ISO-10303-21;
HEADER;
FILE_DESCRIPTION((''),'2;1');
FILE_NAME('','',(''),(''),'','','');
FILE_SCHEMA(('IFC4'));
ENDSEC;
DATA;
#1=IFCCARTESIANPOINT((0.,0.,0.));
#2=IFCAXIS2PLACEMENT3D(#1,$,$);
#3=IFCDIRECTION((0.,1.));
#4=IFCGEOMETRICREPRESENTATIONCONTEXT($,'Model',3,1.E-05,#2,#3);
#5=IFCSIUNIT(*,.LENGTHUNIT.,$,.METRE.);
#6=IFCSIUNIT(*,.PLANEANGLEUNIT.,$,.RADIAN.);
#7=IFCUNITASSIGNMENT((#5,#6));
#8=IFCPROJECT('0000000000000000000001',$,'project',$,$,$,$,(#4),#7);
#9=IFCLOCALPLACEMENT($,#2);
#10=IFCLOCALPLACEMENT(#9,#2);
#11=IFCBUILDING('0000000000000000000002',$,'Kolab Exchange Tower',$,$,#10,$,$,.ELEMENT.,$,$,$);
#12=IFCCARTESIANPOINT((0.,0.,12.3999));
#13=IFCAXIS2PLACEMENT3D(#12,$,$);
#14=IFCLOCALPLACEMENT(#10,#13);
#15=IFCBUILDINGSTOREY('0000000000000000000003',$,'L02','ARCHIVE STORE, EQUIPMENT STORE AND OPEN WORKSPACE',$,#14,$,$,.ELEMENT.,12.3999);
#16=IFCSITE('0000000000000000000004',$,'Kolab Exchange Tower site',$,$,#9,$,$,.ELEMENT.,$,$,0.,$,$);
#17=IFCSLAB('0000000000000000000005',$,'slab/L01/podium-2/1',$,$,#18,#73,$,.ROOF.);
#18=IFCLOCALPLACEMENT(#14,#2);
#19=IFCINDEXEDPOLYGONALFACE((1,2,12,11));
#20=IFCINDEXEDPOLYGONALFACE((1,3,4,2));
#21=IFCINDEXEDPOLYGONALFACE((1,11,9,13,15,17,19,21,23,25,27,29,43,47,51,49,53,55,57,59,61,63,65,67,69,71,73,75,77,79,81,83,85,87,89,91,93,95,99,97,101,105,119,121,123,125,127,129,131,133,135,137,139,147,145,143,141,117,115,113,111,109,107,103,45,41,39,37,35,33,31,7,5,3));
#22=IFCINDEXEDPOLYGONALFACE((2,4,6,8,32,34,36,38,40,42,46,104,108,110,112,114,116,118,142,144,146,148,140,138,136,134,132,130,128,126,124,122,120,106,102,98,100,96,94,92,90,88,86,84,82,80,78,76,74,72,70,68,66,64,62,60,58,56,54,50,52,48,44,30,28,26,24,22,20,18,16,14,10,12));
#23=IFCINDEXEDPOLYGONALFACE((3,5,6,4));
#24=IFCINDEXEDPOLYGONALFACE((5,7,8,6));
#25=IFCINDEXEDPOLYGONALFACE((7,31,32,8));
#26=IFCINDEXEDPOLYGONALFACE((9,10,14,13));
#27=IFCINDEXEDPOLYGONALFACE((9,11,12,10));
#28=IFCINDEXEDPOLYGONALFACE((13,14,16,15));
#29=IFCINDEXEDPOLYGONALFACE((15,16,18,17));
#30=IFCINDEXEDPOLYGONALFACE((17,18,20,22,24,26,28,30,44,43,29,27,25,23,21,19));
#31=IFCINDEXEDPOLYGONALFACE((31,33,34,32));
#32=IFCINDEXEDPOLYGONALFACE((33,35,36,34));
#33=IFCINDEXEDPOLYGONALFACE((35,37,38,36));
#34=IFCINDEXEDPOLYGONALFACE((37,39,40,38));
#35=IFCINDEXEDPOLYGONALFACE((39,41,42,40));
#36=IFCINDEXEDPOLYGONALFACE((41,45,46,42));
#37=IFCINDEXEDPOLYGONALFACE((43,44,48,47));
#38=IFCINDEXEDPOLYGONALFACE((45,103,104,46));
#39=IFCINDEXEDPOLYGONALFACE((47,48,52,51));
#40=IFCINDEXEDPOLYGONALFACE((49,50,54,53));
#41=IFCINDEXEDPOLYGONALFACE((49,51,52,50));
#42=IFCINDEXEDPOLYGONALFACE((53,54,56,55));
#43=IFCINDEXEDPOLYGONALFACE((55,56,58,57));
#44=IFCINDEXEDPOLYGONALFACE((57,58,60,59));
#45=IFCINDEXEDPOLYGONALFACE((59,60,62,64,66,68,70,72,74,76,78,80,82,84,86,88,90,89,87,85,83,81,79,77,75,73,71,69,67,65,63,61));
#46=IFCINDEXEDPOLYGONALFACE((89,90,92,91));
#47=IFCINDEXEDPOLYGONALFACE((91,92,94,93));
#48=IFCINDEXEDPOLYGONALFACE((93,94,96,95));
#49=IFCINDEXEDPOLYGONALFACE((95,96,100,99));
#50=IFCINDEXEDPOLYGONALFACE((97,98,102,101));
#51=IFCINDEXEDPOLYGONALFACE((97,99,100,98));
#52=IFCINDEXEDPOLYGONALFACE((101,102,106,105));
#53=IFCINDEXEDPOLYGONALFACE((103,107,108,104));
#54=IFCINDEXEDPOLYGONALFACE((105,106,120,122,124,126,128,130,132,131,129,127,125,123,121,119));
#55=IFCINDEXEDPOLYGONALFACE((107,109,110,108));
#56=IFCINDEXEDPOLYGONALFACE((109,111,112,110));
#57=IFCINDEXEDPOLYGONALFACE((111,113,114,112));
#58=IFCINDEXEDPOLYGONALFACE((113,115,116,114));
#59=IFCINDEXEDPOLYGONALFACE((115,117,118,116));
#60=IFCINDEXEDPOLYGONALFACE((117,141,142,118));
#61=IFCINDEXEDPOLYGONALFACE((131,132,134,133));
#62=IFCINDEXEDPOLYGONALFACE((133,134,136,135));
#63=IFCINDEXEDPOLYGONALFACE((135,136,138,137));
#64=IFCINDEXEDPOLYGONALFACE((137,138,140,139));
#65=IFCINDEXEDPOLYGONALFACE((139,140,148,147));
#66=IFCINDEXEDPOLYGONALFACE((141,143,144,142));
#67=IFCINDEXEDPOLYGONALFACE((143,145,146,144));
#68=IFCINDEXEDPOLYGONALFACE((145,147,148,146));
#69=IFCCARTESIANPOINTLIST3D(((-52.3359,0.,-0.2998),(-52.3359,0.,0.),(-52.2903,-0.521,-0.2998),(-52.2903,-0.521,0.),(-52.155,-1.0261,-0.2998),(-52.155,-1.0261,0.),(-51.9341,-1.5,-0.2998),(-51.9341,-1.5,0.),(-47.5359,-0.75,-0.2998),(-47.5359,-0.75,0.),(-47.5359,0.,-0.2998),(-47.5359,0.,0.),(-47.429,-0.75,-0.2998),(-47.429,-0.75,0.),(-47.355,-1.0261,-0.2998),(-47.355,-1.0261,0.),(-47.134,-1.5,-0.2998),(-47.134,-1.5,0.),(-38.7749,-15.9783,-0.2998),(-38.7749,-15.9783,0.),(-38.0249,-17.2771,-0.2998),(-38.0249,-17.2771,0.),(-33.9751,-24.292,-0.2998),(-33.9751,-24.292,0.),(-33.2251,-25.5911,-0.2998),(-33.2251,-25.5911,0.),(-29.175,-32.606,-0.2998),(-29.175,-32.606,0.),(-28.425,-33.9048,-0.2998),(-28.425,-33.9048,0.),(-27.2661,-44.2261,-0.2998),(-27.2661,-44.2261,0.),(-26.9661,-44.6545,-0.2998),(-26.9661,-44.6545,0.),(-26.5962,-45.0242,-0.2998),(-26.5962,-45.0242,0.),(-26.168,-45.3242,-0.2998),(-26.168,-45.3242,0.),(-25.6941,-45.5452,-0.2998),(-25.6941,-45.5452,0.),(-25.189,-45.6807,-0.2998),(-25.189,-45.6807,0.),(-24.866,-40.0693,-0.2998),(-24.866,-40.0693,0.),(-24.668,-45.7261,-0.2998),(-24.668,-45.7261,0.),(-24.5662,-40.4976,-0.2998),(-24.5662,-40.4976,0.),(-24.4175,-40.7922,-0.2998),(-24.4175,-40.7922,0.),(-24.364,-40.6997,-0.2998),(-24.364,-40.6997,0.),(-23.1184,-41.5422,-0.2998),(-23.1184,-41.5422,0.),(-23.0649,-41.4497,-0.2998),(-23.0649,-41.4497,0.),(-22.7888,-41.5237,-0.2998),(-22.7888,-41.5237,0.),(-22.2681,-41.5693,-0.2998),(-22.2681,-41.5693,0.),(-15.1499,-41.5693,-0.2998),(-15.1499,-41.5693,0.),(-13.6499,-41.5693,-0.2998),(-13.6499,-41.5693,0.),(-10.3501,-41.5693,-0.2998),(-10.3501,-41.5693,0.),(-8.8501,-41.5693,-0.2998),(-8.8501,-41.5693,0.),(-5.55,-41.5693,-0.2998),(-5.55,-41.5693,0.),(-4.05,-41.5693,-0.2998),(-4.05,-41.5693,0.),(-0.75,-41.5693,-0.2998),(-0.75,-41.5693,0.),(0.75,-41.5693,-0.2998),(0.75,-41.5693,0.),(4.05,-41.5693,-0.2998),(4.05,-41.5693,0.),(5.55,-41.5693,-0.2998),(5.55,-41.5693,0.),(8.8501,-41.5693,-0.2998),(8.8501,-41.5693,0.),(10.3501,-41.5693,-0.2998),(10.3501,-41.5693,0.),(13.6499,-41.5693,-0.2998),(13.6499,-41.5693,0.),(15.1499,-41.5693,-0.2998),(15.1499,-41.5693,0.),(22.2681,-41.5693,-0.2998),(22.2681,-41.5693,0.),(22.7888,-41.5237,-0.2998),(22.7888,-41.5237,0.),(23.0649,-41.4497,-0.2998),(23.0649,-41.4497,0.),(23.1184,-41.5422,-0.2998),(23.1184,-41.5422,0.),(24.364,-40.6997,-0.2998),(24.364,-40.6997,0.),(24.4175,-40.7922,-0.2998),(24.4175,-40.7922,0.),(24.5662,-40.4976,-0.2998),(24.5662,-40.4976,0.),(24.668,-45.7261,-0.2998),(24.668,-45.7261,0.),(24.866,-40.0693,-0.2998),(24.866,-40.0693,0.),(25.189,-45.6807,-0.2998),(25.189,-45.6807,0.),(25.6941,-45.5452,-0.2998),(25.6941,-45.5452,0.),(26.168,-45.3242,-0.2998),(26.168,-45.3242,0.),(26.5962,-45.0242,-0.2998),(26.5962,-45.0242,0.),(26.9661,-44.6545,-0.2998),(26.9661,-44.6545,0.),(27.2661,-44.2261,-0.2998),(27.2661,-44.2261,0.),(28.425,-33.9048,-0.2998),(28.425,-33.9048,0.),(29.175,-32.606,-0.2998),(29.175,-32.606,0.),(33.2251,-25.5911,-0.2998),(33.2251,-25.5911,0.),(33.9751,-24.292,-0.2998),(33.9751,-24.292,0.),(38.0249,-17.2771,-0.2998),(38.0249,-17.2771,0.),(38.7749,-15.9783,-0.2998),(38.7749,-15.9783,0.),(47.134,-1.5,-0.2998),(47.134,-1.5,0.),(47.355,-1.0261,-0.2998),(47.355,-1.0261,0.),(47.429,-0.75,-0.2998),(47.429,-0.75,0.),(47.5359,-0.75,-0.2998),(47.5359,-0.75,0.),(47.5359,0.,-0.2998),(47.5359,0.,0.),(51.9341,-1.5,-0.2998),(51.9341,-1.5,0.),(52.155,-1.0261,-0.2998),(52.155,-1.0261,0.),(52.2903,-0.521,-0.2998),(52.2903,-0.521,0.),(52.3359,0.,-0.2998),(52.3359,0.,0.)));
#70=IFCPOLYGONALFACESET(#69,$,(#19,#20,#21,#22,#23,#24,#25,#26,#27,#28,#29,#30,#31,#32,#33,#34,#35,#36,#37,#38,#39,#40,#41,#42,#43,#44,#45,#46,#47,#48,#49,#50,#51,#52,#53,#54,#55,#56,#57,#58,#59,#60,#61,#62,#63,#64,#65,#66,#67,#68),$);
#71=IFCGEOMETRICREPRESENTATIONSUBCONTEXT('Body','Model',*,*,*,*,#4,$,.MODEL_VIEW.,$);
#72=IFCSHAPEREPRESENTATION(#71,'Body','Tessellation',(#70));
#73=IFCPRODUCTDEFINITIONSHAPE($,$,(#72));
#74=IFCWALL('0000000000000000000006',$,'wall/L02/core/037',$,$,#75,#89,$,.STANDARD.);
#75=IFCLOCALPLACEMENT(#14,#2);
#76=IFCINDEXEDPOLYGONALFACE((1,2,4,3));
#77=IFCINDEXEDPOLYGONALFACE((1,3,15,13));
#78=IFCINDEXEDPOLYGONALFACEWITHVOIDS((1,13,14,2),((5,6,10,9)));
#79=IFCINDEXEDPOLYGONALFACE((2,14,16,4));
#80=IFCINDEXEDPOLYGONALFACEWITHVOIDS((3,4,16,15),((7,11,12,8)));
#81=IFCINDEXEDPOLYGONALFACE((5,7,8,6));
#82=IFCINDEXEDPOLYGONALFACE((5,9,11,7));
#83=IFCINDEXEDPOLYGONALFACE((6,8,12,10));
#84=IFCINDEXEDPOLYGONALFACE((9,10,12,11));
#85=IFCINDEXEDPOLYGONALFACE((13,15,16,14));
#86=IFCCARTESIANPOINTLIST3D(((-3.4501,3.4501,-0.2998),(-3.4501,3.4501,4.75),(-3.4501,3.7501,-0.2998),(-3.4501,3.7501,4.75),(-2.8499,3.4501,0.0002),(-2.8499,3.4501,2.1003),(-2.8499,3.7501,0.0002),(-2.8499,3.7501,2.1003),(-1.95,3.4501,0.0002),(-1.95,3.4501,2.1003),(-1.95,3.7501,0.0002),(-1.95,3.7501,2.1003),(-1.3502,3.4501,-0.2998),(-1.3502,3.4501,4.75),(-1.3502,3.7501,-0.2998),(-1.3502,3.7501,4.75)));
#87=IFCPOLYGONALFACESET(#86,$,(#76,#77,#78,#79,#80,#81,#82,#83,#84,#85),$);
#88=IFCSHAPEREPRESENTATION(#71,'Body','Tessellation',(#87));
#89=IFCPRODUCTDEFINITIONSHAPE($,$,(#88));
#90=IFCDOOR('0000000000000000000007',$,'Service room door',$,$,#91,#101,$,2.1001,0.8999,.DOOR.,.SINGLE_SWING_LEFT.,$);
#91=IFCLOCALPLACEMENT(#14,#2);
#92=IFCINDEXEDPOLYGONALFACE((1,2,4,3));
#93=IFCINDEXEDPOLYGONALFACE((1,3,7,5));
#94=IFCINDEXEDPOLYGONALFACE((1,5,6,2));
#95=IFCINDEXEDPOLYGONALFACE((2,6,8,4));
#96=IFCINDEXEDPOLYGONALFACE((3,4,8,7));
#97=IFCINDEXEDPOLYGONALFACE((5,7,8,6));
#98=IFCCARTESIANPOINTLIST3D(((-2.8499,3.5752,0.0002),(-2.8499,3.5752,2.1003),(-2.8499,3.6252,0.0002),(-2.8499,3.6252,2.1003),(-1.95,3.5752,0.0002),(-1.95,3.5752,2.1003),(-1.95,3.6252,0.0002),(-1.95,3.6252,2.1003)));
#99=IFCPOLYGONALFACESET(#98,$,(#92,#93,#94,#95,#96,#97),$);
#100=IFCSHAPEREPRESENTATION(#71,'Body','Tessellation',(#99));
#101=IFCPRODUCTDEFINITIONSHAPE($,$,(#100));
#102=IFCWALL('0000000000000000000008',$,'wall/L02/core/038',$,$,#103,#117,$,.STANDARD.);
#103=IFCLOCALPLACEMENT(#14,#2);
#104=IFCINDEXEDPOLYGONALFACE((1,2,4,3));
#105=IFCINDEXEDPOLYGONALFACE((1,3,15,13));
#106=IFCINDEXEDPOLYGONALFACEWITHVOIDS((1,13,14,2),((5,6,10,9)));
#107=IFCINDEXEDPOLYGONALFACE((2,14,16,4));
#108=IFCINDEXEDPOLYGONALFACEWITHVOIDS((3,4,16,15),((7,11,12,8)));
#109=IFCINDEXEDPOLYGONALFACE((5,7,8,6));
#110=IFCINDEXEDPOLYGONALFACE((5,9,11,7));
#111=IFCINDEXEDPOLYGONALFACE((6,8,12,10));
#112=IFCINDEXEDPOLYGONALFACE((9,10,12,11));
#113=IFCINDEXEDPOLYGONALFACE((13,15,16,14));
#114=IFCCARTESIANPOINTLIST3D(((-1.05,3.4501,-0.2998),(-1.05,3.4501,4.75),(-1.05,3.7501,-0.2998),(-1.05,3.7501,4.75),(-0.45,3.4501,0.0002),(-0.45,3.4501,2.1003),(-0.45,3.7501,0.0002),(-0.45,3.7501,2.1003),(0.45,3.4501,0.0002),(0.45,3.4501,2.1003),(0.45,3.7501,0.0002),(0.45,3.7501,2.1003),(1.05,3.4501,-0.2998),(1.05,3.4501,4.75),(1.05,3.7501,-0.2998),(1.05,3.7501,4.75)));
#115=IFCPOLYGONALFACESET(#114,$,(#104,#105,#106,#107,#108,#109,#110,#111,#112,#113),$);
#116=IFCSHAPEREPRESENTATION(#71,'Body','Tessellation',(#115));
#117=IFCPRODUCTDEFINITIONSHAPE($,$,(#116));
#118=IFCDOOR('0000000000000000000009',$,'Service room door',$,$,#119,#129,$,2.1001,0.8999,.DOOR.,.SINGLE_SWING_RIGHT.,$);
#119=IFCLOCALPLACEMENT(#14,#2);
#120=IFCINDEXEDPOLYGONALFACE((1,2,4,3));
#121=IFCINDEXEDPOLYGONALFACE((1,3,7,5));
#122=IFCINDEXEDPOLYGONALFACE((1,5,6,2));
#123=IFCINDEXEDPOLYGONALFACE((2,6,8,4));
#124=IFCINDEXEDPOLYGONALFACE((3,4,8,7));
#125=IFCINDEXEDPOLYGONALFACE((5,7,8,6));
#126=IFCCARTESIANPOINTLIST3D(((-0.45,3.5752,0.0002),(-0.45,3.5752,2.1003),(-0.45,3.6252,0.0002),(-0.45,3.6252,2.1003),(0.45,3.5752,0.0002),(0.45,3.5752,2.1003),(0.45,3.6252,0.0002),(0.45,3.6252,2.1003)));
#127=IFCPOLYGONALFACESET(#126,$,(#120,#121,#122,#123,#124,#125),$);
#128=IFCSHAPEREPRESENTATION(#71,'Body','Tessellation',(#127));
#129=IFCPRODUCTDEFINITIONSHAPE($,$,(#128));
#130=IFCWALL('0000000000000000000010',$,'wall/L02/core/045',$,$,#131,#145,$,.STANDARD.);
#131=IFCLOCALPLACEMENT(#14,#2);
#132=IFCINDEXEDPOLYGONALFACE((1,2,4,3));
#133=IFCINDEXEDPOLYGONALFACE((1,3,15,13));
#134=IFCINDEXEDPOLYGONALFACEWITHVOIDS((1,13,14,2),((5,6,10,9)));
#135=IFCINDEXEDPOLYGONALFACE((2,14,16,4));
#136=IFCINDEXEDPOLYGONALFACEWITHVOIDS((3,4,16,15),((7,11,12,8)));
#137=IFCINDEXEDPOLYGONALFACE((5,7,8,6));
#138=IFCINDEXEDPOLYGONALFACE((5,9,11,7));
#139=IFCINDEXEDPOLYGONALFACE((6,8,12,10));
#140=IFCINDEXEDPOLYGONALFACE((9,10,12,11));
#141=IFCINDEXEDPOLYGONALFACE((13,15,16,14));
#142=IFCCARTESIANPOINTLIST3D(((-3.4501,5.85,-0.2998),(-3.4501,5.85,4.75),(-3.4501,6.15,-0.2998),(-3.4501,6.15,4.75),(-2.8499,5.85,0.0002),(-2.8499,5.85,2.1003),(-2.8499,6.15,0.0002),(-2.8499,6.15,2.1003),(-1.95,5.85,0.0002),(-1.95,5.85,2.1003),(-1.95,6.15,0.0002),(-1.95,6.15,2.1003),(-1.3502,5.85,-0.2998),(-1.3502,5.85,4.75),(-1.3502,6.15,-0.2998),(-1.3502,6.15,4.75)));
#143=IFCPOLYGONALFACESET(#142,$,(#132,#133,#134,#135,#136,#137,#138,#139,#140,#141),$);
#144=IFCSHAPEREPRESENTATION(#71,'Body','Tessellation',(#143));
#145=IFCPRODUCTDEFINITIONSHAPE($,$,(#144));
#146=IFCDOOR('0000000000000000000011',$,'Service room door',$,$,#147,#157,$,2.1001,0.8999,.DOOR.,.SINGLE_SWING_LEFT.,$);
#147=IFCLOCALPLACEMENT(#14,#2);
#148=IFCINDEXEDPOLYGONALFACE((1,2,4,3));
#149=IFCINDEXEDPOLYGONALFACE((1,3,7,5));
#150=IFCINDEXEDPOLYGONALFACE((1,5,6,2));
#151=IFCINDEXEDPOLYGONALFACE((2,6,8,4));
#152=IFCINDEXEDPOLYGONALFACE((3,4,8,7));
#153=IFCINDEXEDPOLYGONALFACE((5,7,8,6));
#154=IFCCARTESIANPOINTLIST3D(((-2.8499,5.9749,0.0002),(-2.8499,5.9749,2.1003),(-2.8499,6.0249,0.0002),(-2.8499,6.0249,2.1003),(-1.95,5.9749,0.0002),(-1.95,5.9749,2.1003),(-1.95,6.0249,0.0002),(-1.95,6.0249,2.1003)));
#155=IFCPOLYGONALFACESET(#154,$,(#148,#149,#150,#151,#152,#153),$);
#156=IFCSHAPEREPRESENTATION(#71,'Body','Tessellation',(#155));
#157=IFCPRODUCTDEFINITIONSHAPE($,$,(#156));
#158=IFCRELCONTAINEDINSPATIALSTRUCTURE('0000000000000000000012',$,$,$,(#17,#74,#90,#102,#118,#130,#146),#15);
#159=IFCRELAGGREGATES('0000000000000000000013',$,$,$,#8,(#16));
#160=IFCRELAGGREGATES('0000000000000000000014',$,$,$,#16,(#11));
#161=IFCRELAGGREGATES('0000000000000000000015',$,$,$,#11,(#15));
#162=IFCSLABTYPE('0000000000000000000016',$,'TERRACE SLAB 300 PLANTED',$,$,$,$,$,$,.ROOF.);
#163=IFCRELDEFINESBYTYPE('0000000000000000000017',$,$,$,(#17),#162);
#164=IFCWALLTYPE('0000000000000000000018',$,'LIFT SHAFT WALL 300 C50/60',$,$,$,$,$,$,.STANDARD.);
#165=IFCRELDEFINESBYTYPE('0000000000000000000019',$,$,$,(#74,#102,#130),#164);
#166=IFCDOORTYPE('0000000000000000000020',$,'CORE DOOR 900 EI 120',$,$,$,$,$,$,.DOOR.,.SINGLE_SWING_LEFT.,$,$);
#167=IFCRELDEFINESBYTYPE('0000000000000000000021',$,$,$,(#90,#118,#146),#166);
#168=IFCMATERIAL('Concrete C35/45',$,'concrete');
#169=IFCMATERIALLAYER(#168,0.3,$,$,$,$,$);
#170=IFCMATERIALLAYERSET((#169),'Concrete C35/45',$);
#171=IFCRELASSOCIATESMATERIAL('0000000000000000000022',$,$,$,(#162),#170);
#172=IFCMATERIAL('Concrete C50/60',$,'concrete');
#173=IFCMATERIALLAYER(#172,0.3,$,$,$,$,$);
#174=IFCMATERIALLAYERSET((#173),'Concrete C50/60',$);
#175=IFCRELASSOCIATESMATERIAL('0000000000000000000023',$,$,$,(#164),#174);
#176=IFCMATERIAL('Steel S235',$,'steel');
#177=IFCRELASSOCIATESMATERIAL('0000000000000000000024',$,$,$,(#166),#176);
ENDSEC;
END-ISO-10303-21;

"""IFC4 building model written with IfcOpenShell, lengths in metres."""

from ifc_helpers import new_model, si_unit, direction, frame, frame_2d, origin, place, context, subcontext, project, spatial, polyline, rectangle, outline, extrude, material, layer, layer_set, type_object, element, fill, save


model = new_model("IFC4")

# Units and contexts
model_context = context("Model", 3, precision=1e-05, world=origin(), true_north=direction((0.0, 1.0)))
body_context = subcontext(model_context, "Body", "Model", "MODEL_VIEW")
ifc_project = project(units=[si_unit("LENGTHUNIT", "METRE"), si_unit("PLANEANGLEUNIT", "RADIAN")], contexts=[model_context])

# Site, building, storey
site_placement = place(None, origin())
site = spatial("IfcSite", under=ifc_project, at=site_placement, Name="Kolab Exchange Tower site", CompositionType="ELEMENT", RefElevation=0.0)
building_placement = place(site_placement, origin())
building = spatial("IfcBuilding", under=site, at=building_placement, Name="Kolab Exchange Tower", CompositionType="ELEMENT")
storey_placement = place(building_placement, frame((0.0, 0.0, 12.3999)))
storey = spatial("IfcBuildingStorey", under=building, at=storey_placement, Name="L02", Description="ARCHIVE STORE, EQUIPMENT STORE AND OPEN WORKSPACE", CompositionType="ELEMENT", Elevation=12.3999)

# Shared definitions
ifc_material_1 = material(Name="Concrete C35/45", Category="concrete")

# Slab
ifc_layer_1 = layer(ifc_material_1, 0.3)
ifc_layer_set_1 = layer_set([ifc_layer_1], Name="Concrete C35/45")
slab_type_1 = type_object("IfcSlabType", Name="TERRACE SLAB 300 PLANTED", PredefinedType="ROOF", material=ifc_layer_set_1)
slab_1_placement = place(storey_placement, frame((0.0, 0.0, -0.2998)))
element("IfcSlab", 1, at=slab_1_placement, inside=storey, type_object=slab_type_1, Name="slab/L01/podium-2/1", PredefinedType="ROOF", context=body_context, shape_type="SweptSolid", body=[
    extrude(outline(polyline([(52.3359, 0.0), (47.5359, 0.0), (47.5359, -0.75), (47.429, -0.75), (47.355, -1.0261), (47.134, -1.5), (38.7749, -15.9783), (38.0249, -17.2771), (33.9751, -24.292), (33.2251, -25.5911), (29.175, -32.606), (28.425, -33.9048), (24.866, -40.0693), (24.5662, -40.4976), (24.364, -40.6997), (24.4175, -40.7922), (23.1184, -41.5422), (23.0649, -41.4497), (22.7888, -41.5237), (22.2681, -41.5693), (15.1499, -41.5693), (13.6499, -41.5693), (10.3501, -41.5693), (8.8501, -41.5693), (5.55, -41.5693), (4.05, -41.5693), (0.75, -41.5693), (-0.75, -41.5693), (-4.05, -41.5693), (-5.55, -41.5693), (-8.8501, -41.5693), (-10.3501, -41.5693), (-13.6499, -41.5693), (-15.1499, -41.5693), (-22.2681, -41.5693), (-22.7888, -41.5237), (-23.0649, -41.4497), (-23.1184, -41.5422), (-24.4175, -40.7922), (-24.364, -40.6997), (-24.5662, -40.4976), (-24.866, -40.0693), (-28.425, -33.9048), (-29.175, -32.606), (-33.2251, -25.5911), (-33.9751, -24.292), (-38.0249, -17.2771), (-38.7749, -15.9783), (-47.134, -1.5), (-47.355, -1.0261), (-47.429, -0.75), (-47.5359, -0.75), (-47.5359, 0.0), (-52.3359, 0.0), (-52.2903, -0.521), (-52.155, -1.0261), (-51.9341, -1.5), (-27.2661, -44.2261), (-26.9661, -44.6545), (-26.5962, -45.0242), (-26.168, -45.3242), (-25.6941, -45.5452), (-25.189, -45.6807), (-24.668, -45.7261), (24.668, -45.7261), (25.189, -45.6807), (25.6941, -45.5452), (26.168, -45.3242), (26.5962, -45.0242), (26.9661, -44.6545), (27.2661, -44.2261), (51.9341, -1.5), (52.155, -1.0261), (52.2903, -0.521), (52.3359, 0.0)])), origin(), (0.0, 0.0, 1.0), 0.2998),
])

# Walls, openings, doors
ifc_material_2 = material(Name="Concrete C50/60", Category="concrete")
ifc_layer_2 = layer(ifc_material_2, 0.3)
ifc_layer_set_2 = layer_set([ifc_layer_2], Name="Concrete C50/60")
wall_type = type_object("IfcWallType", Name="LIFT SHAFT WALL 300 C50/60", PredefinedType="STANDARD", material=ifc_layer_set_2)
wall_1_placement = place(storey_placement, frame((-3.45, 3.6001, -0.2998), z_axis=(0.0, 0.0, 1.0), x_axis=(1.0, 0.0, 0.0)))
wall_1 = element("IfcWall", 2, at=wall_1_placement, inside=storey, type_object=wall_type, Name="wall/L02/core/037", PredefinedType="STANDARD", context=body_context, shape_type="SweptSolid", body=[
    extrude(rectangle(XDim=2.0999, YDim=0.3, at=frame_2d((1.0498, 0.0))), origin(), (0.0, 0.0, 1.0), 5.0498),
])
opening_1_placement = place(wall_1_placement, frame((0.6001, 0.0, 0.3)))
opening_1 = element("IfcOpeningElement", 3, at=opening_1_placement, cuts=wall_1, PredefinedType="OPENING", context=body_context, shape_type="SweptSolid", body=[
    extrude(rectangle(XDim=0.8999, YDim=2.1001, at=frame_2d((0.45, 1.05))), frame((0.0, 0.1602, 0.0), z_axis=(0.0, -1.0, 0.0), x_axis=(1.0, 0.0, 0.0)), (0.0, 0.0, 1.0), 0.3201),
])
ifc_material_3 = material(Name="Steel S235", Category="steel")
door_type = type_object("IfcDoorType", Name="CORE DOOR 900 EI 120", OperationType="SINGLE_SWING_LEFT", PredefinedType="DOOR", material=ifc_material_3)
door_1_placement = place(opening_1_placement, frame((0.8999, 0.0, 0.0), z_axis=(0.0, 0.0, 1.0), x_axis=(-1.0, 0.0, 0.0)))
door_1 = element("IfcDoor", 4, at=door_1_placement, inside=storey, type_object=door_type, Name="Service room door", OperationType="SINGLE_SWING_LEFT", OverallHeight=2.1001, OverallWidth=0.8999, PredefinedType="DOOR", context=body_context, shape_type="SweptSolid", body=[
    extrude(rectangle(XDim=0.8999, YDim=2.1001, at=frame_2d((0.45, 1.05))), frame((0.0, 0.0249, 0.0), z_axis=(0.0, -1.0, 0.0), x_axis=(1.0, 0.0, 0.0)), (0.0, 0.0, 1.0), 0.05),
])
fill(opening_1, door_1)
wall_2_placement = place(storey_placement, frame((-1.05, 3.6001, -0.2998), z_axis=(0.0, 0.0, 1.0), x_axis=(1.0, 0.0, 0.0)))
wall_2 = element("IfcWall", 5, at=wall_2_placement, inside=storey, type_object=wall_type, Name="wall/L02/core/038", PredefinedType="STANDARD", context=body_context, shape_type="SweptSolid", body=[
    extrude(rectangle(XDim=2.1001, YDim=0.3, at=frame_2d((1.05, 0.0))), origin(), (0.0, 0.0, 1.0), 5.0498),
])
opening_2_placement = place(wall_2_placement, frame((0.6001, 0.0, 0.3)))
opening_2 = element("IfcOpeningElement", 6, at=opening_2_placement, cuts=wall_2, PredefinedType="OPENING", context=body_context, shape_type="SweptSolid", body=[
    extrude(rectangle(XDim=0.8999, YDim=2.1001, at=frame_2d((0.45, 1.05))), frame((0.0, 0.1602, 0.0), z_axis=(0.0, -1.0, 0.0), x_axis=(1.0, 0.0, 0.0)), (0.0, 0.0, 1.0), 0.3201),
])
door_2_placement = place(opening_2_placement, frame((0.8999, 0.0, 0.0), z_axis=(0.0, 0.0, 1.0), x_axis=(-1.0, 0.0, 0.0)))
door_2 = element("IfcDoor", 7, at=door_2_placement, inside=storey, type_object=door_type, Name="Service room door", OperationType="SINGLE_SWING_RIGHT", OverallHeight=2.1001, OverallWidth=0.8999, PredefinedType="DOOR", context=body_context, shape_type="SweptSolid", body=[
    extrude(rectangle(XDim=0.8999, YDim=2.1001, at=frame_2d((0.45, 1.05))), frame((0.0, 0.0249, 0.0), z_axis=(0.0, -1.0, 0.0), x_axis=(1.0, 0.0, 0.0)), (0.0, 0.0, 1.0), 0.05),
])
fill(opening_2, door_2)
wall_3_placement = place(storey_placement, frame((-3.45, 6.0, -0.2998), z_axis=(0.0, 0.0, 1.0), x_axis=(1.0, 0.0, 0.0)))
wall_3 = element("IfcWall", 8, at=wall_3_placement, inside=storey, type_object=wall_type, Name="wall/L02/core/045", PredefinedType="STANDARD", context=body_context, shape_type="SweptSolid", body=[
    extrude(rectangle(XDim=2.0999, YDim=0.3, at=frame_2d((1.0498, 0.0))), origin(), (0.0, 0.0, 1.0), 5.0498),
])
opening_3_placement = place(wall_3_placement, frame((0.6001, 0.0, 0.3)))
opening_3 = element("IfcOpeningElement", 9, at=opening_3_placement, cuts=wall_3, PredefinedType="OPENING", context=body_context, shape_type="SweptSolid", body=[
    extrude(rectangle(XDim=0.8999, YDim=2.1001, at=frame_2d((0.45, 1.05))), frame((0.0, 0.1602, 0.0), z_axis=(0.0, -1.0, 0.0), x_axis=(1.0, 0.0, 0.0)), (0.0, 0.0, 1.0), 0.3201),
])
door_3_placement = place(opening_3_placement, origin())
door_3 = element("IfcDoor", 10, at=door_3_placement, inside=storey, type_object=door_type, Name="Service room door", OperationType="SINGLE_SWING_LEFT", OverallHeight=2.1001, OverallWidth=0.8999, PredefinedType="DOOR", context=body_context, shape_type="SweptSolid", body=[
    extrude(rectangle(XDim=0.8999, YDim=2.1001, at=frame_2d((0.45, 1.05))), frame((0.0, 0.0249, 0.0), z_axis=(0.0, -1.0, 0.0), x_axis=(1.0, 0.0, 0.0)), (0.0, 0.0, 1.0), 0.05),
])
fill(opening_3, door_3)

save(model, "model.ifc")
